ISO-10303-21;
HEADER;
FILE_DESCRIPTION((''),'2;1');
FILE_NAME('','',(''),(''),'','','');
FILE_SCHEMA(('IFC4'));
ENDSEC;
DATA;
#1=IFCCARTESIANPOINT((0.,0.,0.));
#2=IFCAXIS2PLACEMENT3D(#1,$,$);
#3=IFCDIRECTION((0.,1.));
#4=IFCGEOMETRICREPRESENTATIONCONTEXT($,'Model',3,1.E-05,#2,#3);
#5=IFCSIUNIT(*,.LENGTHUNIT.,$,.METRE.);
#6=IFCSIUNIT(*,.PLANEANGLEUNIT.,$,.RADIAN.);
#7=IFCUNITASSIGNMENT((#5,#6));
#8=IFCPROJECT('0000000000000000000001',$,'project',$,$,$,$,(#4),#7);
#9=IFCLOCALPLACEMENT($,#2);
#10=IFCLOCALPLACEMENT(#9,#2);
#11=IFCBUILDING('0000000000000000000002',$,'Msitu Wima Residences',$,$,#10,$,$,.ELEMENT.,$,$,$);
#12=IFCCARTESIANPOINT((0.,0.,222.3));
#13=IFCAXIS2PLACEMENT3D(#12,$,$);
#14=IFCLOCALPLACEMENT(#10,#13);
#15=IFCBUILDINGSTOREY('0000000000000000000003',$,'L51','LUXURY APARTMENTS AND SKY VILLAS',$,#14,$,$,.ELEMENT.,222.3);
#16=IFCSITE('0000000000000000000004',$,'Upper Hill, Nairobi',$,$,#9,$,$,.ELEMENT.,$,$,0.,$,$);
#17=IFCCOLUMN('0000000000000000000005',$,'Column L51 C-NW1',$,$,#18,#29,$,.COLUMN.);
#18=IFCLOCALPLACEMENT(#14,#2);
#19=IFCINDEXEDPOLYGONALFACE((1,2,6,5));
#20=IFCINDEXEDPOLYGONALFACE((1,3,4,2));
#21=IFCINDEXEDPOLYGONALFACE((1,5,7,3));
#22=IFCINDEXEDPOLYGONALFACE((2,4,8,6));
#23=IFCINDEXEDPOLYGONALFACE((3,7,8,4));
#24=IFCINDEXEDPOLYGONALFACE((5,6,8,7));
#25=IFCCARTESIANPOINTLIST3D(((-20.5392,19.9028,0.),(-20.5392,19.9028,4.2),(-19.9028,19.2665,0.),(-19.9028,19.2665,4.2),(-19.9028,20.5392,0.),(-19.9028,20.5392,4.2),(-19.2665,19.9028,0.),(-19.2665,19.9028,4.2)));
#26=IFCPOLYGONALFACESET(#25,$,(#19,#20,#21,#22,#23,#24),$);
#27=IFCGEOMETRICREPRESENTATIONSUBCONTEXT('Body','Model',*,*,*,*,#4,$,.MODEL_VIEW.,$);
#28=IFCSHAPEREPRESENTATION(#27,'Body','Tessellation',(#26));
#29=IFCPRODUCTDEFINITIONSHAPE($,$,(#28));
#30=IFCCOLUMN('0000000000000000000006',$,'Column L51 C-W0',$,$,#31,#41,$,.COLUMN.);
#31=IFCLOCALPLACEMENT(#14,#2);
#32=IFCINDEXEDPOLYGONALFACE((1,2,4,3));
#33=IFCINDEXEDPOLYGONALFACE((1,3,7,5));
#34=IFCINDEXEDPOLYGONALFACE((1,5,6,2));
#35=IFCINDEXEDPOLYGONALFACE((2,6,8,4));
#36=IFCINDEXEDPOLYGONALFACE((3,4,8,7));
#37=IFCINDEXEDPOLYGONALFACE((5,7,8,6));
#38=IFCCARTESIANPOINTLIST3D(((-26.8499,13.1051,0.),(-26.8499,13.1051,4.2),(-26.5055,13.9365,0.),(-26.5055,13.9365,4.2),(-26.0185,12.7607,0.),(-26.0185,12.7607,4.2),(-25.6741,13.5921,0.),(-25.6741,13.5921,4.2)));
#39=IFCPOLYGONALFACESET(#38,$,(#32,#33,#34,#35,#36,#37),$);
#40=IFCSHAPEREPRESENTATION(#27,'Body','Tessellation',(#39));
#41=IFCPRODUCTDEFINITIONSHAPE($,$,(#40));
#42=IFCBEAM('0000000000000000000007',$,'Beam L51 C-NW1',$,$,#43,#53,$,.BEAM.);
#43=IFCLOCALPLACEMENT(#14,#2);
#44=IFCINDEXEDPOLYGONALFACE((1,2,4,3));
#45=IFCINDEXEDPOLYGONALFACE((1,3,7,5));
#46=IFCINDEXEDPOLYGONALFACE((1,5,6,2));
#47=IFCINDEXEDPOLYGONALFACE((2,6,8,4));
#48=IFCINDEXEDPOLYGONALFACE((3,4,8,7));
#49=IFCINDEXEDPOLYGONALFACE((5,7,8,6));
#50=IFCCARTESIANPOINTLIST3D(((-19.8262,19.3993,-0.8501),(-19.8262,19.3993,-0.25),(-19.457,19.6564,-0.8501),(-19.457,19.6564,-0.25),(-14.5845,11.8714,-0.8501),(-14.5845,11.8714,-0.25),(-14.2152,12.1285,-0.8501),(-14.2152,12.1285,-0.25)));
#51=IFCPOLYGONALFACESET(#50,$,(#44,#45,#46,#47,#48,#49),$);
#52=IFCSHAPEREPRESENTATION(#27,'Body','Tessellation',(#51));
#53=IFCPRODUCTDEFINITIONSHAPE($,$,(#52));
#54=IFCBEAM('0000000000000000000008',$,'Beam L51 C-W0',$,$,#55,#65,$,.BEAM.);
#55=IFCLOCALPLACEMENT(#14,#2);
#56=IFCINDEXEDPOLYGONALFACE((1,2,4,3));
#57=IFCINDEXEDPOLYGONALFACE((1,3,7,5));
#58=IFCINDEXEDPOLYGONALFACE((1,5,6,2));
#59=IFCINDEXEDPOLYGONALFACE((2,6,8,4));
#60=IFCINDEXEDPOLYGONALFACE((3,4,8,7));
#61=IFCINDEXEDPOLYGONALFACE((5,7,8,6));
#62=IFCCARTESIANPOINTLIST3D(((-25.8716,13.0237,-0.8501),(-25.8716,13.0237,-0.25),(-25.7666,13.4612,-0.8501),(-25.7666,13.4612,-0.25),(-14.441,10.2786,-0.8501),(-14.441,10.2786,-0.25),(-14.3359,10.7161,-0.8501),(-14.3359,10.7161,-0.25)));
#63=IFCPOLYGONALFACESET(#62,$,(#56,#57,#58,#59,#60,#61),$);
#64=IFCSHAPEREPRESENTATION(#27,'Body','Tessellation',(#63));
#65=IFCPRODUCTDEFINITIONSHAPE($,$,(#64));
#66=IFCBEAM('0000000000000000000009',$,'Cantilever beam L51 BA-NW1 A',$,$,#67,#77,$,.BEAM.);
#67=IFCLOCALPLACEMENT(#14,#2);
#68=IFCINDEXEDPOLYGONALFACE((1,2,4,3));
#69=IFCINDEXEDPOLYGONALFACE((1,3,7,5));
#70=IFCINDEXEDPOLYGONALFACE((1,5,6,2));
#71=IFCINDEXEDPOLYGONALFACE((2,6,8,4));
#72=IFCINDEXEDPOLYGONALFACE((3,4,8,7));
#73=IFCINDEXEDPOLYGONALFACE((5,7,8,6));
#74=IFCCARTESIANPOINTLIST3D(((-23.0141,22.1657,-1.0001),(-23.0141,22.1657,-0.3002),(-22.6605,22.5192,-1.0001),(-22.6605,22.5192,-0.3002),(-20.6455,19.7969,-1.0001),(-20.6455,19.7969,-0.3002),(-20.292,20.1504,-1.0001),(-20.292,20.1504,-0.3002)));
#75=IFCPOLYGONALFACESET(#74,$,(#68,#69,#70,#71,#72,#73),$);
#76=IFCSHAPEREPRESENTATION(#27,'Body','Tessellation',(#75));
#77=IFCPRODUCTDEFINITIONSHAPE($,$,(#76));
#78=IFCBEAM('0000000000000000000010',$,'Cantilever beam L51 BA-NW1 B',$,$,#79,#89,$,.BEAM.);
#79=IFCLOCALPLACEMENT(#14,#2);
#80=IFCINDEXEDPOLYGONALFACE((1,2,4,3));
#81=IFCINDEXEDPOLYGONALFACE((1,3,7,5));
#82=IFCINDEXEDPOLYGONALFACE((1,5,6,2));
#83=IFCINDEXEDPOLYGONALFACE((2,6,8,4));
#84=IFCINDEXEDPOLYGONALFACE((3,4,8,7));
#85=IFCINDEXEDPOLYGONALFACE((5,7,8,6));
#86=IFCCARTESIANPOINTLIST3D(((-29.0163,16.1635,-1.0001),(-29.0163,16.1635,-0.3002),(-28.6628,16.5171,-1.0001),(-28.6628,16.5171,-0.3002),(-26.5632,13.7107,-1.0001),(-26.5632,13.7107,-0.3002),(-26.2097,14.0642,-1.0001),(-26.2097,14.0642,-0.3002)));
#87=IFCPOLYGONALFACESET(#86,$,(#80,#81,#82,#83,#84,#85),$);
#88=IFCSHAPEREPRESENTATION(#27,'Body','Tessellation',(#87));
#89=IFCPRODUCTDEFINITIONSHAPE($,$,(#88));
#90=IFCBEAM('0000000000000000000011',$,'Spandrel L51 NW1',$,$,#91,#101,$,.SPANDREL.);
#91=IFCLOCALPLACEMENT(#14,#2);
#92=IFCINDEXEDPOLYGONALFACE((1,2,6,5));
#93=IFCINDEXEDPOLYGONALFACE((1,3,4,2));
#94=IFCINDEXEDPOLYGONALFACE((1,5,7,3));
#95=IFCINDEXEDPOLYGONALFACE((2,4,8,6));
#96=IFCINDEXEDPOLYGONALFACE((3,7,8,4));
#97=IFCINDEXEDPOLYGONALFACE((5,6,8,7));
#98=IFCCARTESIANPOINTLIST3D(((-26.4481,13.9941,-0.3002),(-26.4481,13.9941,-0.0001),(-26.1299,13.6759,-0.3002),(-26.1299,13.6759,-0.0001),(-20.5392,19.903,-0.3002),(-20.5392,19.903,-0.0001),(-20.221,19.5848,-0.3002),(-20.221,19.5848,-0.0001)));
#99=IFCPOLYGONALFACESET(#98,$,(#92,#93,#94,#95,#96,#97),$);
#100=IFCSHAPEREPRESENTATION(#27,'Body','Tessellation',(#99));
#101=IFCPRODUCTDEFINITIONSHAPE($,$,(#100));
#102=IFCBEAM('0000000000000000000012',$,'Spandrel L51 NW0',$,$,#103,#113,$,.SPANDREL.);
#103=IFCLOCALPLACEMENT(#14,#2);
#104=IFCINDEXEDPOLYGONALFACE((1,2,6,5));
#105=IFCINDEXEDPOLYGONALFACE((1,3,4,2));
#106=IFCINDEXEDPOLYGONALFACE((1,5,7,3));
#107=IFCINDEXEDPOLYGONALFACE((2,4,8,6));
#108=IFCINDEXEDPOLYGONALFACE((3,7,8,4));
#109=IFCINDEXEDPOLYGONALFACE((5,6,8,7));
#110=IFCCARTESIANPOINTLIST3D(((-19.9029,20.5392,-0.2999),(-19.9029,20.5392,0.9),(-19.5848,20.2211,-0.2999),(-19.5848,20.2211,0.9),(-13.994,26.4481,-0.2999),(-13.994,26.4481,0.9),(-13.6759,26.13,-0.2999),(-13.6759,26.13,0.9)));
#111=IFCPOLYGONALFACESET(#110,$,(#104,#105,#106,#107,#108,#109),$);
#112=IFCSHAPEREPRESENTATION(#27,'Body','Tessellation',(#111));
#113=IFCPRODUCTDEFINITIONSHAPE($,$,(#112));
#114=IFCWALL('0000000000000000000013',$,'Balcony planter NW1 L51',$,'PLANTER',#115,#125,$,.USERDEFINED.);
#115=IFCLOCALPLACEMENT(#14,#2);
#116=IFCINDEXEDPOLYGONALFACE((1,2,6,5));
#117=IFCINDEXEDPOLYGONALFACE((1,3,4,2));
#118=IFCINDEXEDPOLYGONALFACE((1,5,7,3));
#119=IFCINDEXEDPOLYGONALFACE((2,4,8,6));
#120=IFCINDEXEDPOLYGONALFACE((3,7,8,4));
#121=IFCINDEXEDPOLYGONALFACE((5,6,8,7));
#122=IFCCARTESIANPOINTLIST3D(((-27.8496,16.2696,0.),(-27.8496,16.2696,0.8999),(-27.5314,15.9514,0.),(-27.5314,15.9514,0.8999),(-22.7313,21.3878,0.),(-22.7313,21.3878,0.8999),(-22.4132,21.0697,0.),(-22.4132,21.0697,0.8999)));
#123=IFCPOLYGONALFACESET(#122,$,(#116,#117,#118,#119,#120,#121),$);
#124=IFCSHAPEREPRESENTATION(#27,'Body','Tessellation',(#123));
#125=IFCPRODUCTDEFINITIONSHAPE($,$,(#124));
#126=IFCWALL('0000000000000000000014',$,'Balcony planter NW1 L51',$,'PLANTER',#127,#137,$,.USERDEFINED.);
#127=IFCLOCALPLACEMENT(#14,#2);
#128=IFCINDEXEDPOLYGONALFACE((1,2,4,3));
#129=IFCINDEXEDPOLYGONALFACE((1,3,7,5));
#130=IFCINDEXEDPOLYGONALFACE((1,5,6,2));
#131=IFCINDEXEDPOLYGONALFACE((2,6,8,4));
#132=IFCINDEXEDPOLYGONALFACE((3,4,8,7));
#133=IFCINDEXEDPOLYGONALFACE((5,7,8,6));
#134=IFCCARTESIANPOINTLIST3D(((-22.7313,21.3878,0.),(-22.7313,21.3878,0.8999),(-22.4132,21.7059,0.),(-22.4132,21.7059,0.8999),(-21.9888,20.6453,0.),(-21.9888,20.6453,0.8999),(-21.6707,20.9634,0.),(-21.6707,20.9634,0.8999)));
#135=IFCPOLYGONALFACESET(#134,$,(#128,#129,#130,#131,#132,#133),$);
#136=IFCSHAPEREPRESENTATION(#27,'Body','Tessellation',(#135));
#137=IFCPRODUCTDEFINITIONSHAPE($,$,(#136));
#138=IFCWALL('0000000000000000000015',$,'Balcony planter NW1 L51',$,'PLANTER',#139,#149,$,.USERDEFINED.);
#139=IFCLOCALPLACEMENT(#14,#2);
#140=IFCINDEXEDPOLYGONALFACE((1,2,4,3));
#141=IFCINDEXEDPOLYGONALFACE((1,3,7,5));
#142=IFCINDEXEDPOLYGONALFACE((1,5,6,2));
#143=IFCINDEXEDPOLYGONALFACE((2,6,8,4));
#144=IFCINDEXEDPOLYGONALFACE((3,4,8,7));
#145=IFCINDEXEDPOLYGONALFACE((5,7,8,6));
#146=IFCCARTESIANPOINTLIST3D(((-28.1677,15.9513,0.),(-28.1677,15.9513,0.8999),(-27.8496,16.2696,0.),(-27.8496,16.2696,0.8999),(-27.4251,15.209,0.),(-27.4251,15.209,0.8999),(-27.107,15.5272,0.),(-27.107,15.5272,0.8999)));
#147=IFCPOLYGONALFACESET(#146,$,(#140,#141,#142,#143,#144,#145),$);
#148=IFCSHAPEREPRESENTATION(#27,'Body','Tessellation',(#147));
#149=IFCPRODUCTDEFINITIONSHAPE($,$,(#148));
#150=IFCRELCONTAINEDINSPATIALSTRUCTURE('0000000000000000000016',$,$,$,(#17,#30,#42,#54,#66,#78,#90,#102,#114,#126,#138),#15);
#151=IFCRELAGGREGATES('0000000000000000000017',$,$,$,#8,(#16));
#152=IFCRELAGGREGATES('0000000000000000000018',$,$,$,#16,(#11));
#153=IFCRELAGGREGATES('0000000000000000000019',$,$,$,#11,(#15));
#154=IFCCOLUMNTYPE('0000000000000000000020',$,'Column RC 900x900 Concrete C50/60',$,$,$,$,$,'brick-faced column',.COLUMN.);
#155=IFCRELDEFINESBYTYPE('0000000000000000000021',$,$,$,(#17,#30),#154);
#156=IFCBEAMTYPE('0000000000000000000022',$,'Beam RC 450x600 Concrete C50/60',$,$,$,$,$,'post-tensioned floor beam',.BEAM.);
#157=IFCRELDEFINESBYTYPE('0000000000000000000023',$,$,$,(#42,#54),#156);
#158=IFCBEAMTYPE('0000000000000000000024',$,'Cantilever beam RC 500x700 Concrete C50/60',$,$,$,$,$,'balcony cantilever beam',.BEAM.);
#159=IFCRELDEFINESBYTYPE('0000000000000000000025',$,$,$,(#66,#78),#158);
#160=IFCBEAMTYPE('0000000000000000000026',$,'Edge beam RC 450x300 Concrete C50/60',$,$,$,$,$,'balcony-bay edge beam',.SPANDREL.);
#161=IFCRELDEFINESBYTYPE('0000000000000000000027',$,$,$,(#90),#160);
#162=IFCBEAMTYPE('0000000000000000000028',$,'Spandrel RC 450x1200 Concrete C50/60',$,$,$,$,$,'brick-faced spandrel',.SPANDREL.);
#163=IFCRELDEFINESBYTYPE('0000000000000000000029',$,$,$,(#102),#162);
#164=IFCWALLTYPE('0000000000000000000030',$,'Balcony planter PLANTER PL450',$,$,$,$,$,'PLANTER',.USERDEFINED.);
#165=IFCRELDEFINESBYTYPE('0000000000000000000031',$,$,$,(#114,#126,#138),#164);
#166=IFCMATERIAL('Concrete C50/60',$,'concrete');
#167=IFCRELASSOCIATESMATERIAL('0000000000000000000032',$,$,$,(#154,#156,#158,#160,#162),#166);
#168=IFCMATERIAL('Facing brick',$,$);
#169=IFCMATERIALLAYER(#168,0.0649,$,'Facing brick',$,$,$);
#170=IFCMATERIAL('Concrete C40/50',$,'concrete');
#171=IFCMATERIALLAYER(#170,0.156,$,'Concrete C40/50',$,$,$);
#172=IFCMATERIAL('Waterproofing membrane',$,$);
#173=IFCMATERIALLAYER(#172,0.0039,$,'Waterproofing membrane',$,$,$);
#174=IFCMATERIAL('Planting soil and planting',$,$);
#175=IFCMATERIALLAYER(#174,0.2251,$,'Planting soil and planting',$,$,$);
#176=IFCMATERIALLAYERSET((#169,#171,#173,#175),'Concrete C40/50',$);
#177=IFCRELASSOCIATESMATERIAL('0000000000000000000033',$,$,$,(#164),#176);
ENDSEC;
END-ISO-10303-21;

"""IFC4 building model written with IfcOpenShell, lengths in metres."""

from ifc_helpers import new_model, si_unit, direction, frame, frame_2d, origin, origin_2d, place, context, subcontext, project, spatial, rectangle, extrude, material, layer, layer_set, material_profile, profile_set, type_object, element, save


model = new_model("IFC4")

# Units and contexts
model_context = context("Model", 3, precision=1e-05, world=origin(), true_north=direction((0.0, 1.0)))
body_context = subcontext(model_context, "Body", "Model", "MODEL_VIEW")
ifc_project = project(units=[si_unit("LENGTHUNIT", "METRE"), si_unit("PLANEANGLEUNIT", "RADIAN")], contexts=[model_context])

# Site, building, storey
site_placement = place(None, origin())
site = spatial("IfcSite", under=ifc_project, at=site_placement, Name="Upper Hill, Nairobi", CompositionType="ELEMENT", RefElevation=0.0)
building_placement = place(site_placement, origin())
building = spatial("IfcBuilding", under=site, at=building_placement, Name="Msitu Wima Residences", CompositionType="ELEMENT")
storey_placement = place(building_placement, frame((0.0, 0.0, 222.3)))
storey = spatial("IfcBuildingStorey", under=building, at=storey_placement, Name="L51", Description="LUXURY APARTMENTS AND SKY VILLAS", CompositionType="ELEMENT", Elevation=222.3)

# Columns
ifc_material_1 = material(Name="Concrete C50/60", Category="concrete")
ifc_material_profile_1 = material_profile(ifc_material_1, rectangle(XDim=0.8999, YDim=0.8999, at=origin_2d()), Name="RC 900x900")
ifc_profile_set_1 = profile_set([ifc_material_profile_1], Name="Concrete C50/60")
column_type = type_object("IfcColumnType", Name="Column RC 900x900 Concrete C50/60", ElementType="brick-faced column", PredefinedType="COLUMN", material=ifc_profile_set_1)
for number, where, z_axis, x_axis, name in (
    (1, (-19.9028, 19.9028, 0.0), (0.0, 0.0, 1.0), (-0.707107, -0.707107, 0.0), "Column L51 C-NW1"),
    (2, (-26.262, 13.3486, 0.0), (0.0, 0.0, 1.0), (-0.382683, -0.92388, 0.0), "Column L51 C-W0"),
):
    element("IfcColumn", number, at=place(storey_placement, frame(where, z_axis=z_axis, x_axis=x_axis)), inside=storey, type_object=column_type, Name=name, PredefinedType="COLUMN", context=body_context, shape_type="SweptSolid", body=[
        extrude(rectangle(XDim=0.8999, YDim=0.8999, at=origin_2d()), origin(), (0.0, 0.0, 1.0), 4.2),
    ])

# Beams
ifc_material_profile_2 = material_profile(ifc_material_1, rectangle(XDim=0.45, YDim=0.6001, at=origin_2d()), Name="RC 450x600")
ifc_profile_set_2 = profile_set([ifc_material_profile_2], Name="Concrete C50/60")
beam_type_1 = type_object("IfcBeamType", Name="Beam RC 450x600 Concrete C50/60", ElementType="post-tensioned floor beam", PredefinedType="BEAM", material=ifc_profile_set_2)
beam_1_placement = place(storey_placement, frame((-19.6416, 19.5278, -0.55), z_axis=(0.571428, -0.820652, 0.0), x_axis=(0.820652, 0.571428, 0.0)))
element("IfcBeam", 3, at=beam_1_placement, inside=storey, type_object=beam_type_1, Name="Beam L51 C-NW1", PredefinedType="BEAM", context=body_context, shape_type="SweptSolid", body=[
    extrude(rectangle(XDim=0.45, YDim=0.6001, at=origin_2d()), origin(), (0.0, 0.0, 1.0), 9.1731),
])
beam_2_placement = place(storey_placement, frame((-25.8191, 13.2424, -0.55), z_axis=(0.972353, -0.233514, 0.0), x_axis=(0.233514, 0.972353, 0.0)))
element("IfcBeam", 4, at=beam_2_placement, inside=storey, type_object=beam_type_1, Name="Beam L51 C-W0", PredefinedType="BEAM", context=body_context, shape_type="SweptSolid", body=[
    extrude(rectangle(XDim=0.45, YDim=0.6001, at=origin_2d()), origin(), (0.0, 0.0, 1.0), 11.7556),
])
ifc_material_profile_3 = material_profile(ifc_material_1, rectangle(XDim=0.5, YDim=0.7, at=origin_2d()), Name="RC 500x700")
ifc_profile_set_3 = profile_set([ifc_material_profile_3], Name="Concrete C50/60")
beam_type_2 = type_object("IfcBeamType", Name="Cantilever beam RC 500x700 Concrete C50/60", ElementType="balcony cantilever beam", PredefinedType="BEAM", material=ifc_profile_set_3)
beam_3_placement = place(storey_placement, frame((-20.4688, 19.9736, -0.6501), z_axis=(-0.70707, 0.707143, 0.0), x_axis=(-0.707143, -0.70707, 0.0)))
element("IfcBeam", 5, at=beam_3_placement, inside=storey, type_object=beam_type_2, Name="Cantilever beam L51 BA-NW1 A", PredefinedType="BEAM", context=body_context, shape_type="SweptSolid", body=[
    extrude(rectangle(XDim=0.5, YDim=0.7, at=origin_2d()), origin(), (0.0, 0.0, 1.0), 3.3499),
])
beam_4_placement = place(storey_placement, frame((-26.3865, 13.8875, -0.6501), z_axis=(-0.707142, 0.707072, 0.0), x_axis=(-0.707072, -0.707142, 0.0)))
element("IfcBeam", 6, at=beam_4_placement, inside=storey, type_object=beam_type_2, Name="Cantilever beam L51 BA-NW1 B", PredefinedType="BEAM", context=body_context, shape_type="SweptSolid", body=[
    extrude(rectangle(XDim=0.5, YDim=0.7, at=origin_2d()), origin(), (0.0, 0.0, 1.0), 3.469),
])
ifc_material_profile_4 = material_profile(ifc_material_1, rectangle(XDim=0.45, YDim=0.3, at=origin_2d()), Name="RC 450x300")
ifc_profile_set_4 = profile_set([ifc_material_profile_4], Name="Concrete C50/60")
beam_type_3 = type_object("IfcBeamType", Name="Edge beam RC 450x300 Concrete C50/60", ElementType="balcony-bay edge beam", PredefinedType="SPANDREL", material=ifc_profile_set_4)
beam_5_placement = place(storey_placement, frame((-20.3801, 19.7439, -0.1501), z_axis=(-0.707107, -0.707107, 0.0), x_axis=(0.707107, -0.707107, 0.0)))
element("IfcBeam", 7, at=beam_5_placement, inside=storey, type_object=beam_type_3, Name="Spandrel L51 NW1", PredefinedType="SPANDREL", context=body_context, shape_type="SweptSolid", body=[
    extrude(rectangle(XDim=0.45, YDim=0.3, at=origin_2d()), origin(), (0.0, 0.0, 1.0), 8.3564),
])
ifc_material_profile_5 = material_profile(ifc_material_1, rectangle(XDim=0.45, YDim=1.2, at=origin_2d()), Name="RC 450x1200")
ifc_profile_set_5 = profile_set([ifc_material_profile_5], Name="Concrete C50/60")
beam_type_4 = type_object("IfcBeamType", Name="Spandrel RC 450x1200 Concrete C50/60", ElementType="brick-faced spandrel", PredefinedType="SPANDREL", material=ifc_profile_set_5)
beam_6_placement = place(storey_placement, frame((-13.835, 26.2891, 0.3), z_axis=(-0.707107, -0.707107, 0.0), x_axis=(0.707107, -0.707107, 0.0)))
element("IfcBeam", 8, at=beam_6_placement, inside=storey, type_object=beam_type_4, Name="Spandrel L51 NW0", PredefinedType="SPANDREL", context=body_context, shape_type="SweptSolid", body=[
    extrude(rectangle(XDim=0.45, YDim=1.2, at=origin_2d()), origin(), (0.0, 0.0, 1.0), 8.3564),
])

# Walls
ifc_material_2 = material(Name="Facing brick")
ifc_layer_1 = layer(ifc_material_2, 0.0649, Name="Facing brick")
ifc_material_3 = material(Name="Concrete C40/50", Category="concrete")
ifc_layer_2 = layer(ifc_material_3, 0.156, Name="Concrete C40/50")
ifc_material_4 = material(Name="Waterproofing membrane")
ifc_layer_3 = layer(ifc_material_4, 0.0039, Name="Waterproofing membrane")
ifc_material_5 = material(Name="Planting soil and planting")
ifc_layer_4 = layer(ifc_material_5, 0.2251, Name="Planting soil and planting")
ifc_layer_set_1 = layer_set([ifc_layer_1, ifc_layer_2, ifc_layer_3, ifc_layer_4], Name="Concrete C40/50")
wall_type_1 = type_object("IfcWallType", Name="Balcony planter PLANTER PL450", ElementType="PLANTER", PredefinedType="USERDEFINED", material=ifc_layer_set_1)
wall_1_placement = place(storey_placement, frame((-22.5723, 21.2288, 0.0), z_axis=(0.0, 0.0, 1.0), x_axis=(-0.707107, -0.707107, 0.0)))
element("IfcWall", 9, at=wall_1_placement, inside=storey, type_object=wall_type_1, Name="Balcony planter NW1 L51", ObjectType="PLANTER", PredefinedType="USERDEFINED", context=body_context, shape_type="SweptSolid", body=[
    extrude(rectangle(XDim=7.2383, YDim=0.45, at=frame_2d((3.6191, 0.0))), origin(), (0.0, 0.0, 1.0), 0.8999),
])
for number, where, z_axis, x_axis, name in (
    (10, (-21.8298, 20.8044, 0.0), (0.0, 0.0, 1.0), (-0.707107, 0.707107, 0.0), "Balcony planter NW1 L51"),
    (11, (-27.2661, 15.3682, 0.0), (0.0, 0.0, 1.0), (-0.707223, 0.706991, 0.0), "Balcony planter NW1 L51"),
):
    element("IfcWall", number, at=place(storey_placement, frame(where, z_axis=z_axis, x_axis=x_axis)), inside=storey, type_object=wall_type_1, Name=name, ObjectType="PLANTER", PredefinedType="USERDEFINED", context=body_context, shape_type="SweptSolid", body=[
        extrude(rectangle(XDim=1.05, YDim=0.45, at=frame_2d((0.5249, 0.0))), origin(), (0.0, 0.0, 1.0), 0.8999),
    ])

save(model, "model.ifc")
